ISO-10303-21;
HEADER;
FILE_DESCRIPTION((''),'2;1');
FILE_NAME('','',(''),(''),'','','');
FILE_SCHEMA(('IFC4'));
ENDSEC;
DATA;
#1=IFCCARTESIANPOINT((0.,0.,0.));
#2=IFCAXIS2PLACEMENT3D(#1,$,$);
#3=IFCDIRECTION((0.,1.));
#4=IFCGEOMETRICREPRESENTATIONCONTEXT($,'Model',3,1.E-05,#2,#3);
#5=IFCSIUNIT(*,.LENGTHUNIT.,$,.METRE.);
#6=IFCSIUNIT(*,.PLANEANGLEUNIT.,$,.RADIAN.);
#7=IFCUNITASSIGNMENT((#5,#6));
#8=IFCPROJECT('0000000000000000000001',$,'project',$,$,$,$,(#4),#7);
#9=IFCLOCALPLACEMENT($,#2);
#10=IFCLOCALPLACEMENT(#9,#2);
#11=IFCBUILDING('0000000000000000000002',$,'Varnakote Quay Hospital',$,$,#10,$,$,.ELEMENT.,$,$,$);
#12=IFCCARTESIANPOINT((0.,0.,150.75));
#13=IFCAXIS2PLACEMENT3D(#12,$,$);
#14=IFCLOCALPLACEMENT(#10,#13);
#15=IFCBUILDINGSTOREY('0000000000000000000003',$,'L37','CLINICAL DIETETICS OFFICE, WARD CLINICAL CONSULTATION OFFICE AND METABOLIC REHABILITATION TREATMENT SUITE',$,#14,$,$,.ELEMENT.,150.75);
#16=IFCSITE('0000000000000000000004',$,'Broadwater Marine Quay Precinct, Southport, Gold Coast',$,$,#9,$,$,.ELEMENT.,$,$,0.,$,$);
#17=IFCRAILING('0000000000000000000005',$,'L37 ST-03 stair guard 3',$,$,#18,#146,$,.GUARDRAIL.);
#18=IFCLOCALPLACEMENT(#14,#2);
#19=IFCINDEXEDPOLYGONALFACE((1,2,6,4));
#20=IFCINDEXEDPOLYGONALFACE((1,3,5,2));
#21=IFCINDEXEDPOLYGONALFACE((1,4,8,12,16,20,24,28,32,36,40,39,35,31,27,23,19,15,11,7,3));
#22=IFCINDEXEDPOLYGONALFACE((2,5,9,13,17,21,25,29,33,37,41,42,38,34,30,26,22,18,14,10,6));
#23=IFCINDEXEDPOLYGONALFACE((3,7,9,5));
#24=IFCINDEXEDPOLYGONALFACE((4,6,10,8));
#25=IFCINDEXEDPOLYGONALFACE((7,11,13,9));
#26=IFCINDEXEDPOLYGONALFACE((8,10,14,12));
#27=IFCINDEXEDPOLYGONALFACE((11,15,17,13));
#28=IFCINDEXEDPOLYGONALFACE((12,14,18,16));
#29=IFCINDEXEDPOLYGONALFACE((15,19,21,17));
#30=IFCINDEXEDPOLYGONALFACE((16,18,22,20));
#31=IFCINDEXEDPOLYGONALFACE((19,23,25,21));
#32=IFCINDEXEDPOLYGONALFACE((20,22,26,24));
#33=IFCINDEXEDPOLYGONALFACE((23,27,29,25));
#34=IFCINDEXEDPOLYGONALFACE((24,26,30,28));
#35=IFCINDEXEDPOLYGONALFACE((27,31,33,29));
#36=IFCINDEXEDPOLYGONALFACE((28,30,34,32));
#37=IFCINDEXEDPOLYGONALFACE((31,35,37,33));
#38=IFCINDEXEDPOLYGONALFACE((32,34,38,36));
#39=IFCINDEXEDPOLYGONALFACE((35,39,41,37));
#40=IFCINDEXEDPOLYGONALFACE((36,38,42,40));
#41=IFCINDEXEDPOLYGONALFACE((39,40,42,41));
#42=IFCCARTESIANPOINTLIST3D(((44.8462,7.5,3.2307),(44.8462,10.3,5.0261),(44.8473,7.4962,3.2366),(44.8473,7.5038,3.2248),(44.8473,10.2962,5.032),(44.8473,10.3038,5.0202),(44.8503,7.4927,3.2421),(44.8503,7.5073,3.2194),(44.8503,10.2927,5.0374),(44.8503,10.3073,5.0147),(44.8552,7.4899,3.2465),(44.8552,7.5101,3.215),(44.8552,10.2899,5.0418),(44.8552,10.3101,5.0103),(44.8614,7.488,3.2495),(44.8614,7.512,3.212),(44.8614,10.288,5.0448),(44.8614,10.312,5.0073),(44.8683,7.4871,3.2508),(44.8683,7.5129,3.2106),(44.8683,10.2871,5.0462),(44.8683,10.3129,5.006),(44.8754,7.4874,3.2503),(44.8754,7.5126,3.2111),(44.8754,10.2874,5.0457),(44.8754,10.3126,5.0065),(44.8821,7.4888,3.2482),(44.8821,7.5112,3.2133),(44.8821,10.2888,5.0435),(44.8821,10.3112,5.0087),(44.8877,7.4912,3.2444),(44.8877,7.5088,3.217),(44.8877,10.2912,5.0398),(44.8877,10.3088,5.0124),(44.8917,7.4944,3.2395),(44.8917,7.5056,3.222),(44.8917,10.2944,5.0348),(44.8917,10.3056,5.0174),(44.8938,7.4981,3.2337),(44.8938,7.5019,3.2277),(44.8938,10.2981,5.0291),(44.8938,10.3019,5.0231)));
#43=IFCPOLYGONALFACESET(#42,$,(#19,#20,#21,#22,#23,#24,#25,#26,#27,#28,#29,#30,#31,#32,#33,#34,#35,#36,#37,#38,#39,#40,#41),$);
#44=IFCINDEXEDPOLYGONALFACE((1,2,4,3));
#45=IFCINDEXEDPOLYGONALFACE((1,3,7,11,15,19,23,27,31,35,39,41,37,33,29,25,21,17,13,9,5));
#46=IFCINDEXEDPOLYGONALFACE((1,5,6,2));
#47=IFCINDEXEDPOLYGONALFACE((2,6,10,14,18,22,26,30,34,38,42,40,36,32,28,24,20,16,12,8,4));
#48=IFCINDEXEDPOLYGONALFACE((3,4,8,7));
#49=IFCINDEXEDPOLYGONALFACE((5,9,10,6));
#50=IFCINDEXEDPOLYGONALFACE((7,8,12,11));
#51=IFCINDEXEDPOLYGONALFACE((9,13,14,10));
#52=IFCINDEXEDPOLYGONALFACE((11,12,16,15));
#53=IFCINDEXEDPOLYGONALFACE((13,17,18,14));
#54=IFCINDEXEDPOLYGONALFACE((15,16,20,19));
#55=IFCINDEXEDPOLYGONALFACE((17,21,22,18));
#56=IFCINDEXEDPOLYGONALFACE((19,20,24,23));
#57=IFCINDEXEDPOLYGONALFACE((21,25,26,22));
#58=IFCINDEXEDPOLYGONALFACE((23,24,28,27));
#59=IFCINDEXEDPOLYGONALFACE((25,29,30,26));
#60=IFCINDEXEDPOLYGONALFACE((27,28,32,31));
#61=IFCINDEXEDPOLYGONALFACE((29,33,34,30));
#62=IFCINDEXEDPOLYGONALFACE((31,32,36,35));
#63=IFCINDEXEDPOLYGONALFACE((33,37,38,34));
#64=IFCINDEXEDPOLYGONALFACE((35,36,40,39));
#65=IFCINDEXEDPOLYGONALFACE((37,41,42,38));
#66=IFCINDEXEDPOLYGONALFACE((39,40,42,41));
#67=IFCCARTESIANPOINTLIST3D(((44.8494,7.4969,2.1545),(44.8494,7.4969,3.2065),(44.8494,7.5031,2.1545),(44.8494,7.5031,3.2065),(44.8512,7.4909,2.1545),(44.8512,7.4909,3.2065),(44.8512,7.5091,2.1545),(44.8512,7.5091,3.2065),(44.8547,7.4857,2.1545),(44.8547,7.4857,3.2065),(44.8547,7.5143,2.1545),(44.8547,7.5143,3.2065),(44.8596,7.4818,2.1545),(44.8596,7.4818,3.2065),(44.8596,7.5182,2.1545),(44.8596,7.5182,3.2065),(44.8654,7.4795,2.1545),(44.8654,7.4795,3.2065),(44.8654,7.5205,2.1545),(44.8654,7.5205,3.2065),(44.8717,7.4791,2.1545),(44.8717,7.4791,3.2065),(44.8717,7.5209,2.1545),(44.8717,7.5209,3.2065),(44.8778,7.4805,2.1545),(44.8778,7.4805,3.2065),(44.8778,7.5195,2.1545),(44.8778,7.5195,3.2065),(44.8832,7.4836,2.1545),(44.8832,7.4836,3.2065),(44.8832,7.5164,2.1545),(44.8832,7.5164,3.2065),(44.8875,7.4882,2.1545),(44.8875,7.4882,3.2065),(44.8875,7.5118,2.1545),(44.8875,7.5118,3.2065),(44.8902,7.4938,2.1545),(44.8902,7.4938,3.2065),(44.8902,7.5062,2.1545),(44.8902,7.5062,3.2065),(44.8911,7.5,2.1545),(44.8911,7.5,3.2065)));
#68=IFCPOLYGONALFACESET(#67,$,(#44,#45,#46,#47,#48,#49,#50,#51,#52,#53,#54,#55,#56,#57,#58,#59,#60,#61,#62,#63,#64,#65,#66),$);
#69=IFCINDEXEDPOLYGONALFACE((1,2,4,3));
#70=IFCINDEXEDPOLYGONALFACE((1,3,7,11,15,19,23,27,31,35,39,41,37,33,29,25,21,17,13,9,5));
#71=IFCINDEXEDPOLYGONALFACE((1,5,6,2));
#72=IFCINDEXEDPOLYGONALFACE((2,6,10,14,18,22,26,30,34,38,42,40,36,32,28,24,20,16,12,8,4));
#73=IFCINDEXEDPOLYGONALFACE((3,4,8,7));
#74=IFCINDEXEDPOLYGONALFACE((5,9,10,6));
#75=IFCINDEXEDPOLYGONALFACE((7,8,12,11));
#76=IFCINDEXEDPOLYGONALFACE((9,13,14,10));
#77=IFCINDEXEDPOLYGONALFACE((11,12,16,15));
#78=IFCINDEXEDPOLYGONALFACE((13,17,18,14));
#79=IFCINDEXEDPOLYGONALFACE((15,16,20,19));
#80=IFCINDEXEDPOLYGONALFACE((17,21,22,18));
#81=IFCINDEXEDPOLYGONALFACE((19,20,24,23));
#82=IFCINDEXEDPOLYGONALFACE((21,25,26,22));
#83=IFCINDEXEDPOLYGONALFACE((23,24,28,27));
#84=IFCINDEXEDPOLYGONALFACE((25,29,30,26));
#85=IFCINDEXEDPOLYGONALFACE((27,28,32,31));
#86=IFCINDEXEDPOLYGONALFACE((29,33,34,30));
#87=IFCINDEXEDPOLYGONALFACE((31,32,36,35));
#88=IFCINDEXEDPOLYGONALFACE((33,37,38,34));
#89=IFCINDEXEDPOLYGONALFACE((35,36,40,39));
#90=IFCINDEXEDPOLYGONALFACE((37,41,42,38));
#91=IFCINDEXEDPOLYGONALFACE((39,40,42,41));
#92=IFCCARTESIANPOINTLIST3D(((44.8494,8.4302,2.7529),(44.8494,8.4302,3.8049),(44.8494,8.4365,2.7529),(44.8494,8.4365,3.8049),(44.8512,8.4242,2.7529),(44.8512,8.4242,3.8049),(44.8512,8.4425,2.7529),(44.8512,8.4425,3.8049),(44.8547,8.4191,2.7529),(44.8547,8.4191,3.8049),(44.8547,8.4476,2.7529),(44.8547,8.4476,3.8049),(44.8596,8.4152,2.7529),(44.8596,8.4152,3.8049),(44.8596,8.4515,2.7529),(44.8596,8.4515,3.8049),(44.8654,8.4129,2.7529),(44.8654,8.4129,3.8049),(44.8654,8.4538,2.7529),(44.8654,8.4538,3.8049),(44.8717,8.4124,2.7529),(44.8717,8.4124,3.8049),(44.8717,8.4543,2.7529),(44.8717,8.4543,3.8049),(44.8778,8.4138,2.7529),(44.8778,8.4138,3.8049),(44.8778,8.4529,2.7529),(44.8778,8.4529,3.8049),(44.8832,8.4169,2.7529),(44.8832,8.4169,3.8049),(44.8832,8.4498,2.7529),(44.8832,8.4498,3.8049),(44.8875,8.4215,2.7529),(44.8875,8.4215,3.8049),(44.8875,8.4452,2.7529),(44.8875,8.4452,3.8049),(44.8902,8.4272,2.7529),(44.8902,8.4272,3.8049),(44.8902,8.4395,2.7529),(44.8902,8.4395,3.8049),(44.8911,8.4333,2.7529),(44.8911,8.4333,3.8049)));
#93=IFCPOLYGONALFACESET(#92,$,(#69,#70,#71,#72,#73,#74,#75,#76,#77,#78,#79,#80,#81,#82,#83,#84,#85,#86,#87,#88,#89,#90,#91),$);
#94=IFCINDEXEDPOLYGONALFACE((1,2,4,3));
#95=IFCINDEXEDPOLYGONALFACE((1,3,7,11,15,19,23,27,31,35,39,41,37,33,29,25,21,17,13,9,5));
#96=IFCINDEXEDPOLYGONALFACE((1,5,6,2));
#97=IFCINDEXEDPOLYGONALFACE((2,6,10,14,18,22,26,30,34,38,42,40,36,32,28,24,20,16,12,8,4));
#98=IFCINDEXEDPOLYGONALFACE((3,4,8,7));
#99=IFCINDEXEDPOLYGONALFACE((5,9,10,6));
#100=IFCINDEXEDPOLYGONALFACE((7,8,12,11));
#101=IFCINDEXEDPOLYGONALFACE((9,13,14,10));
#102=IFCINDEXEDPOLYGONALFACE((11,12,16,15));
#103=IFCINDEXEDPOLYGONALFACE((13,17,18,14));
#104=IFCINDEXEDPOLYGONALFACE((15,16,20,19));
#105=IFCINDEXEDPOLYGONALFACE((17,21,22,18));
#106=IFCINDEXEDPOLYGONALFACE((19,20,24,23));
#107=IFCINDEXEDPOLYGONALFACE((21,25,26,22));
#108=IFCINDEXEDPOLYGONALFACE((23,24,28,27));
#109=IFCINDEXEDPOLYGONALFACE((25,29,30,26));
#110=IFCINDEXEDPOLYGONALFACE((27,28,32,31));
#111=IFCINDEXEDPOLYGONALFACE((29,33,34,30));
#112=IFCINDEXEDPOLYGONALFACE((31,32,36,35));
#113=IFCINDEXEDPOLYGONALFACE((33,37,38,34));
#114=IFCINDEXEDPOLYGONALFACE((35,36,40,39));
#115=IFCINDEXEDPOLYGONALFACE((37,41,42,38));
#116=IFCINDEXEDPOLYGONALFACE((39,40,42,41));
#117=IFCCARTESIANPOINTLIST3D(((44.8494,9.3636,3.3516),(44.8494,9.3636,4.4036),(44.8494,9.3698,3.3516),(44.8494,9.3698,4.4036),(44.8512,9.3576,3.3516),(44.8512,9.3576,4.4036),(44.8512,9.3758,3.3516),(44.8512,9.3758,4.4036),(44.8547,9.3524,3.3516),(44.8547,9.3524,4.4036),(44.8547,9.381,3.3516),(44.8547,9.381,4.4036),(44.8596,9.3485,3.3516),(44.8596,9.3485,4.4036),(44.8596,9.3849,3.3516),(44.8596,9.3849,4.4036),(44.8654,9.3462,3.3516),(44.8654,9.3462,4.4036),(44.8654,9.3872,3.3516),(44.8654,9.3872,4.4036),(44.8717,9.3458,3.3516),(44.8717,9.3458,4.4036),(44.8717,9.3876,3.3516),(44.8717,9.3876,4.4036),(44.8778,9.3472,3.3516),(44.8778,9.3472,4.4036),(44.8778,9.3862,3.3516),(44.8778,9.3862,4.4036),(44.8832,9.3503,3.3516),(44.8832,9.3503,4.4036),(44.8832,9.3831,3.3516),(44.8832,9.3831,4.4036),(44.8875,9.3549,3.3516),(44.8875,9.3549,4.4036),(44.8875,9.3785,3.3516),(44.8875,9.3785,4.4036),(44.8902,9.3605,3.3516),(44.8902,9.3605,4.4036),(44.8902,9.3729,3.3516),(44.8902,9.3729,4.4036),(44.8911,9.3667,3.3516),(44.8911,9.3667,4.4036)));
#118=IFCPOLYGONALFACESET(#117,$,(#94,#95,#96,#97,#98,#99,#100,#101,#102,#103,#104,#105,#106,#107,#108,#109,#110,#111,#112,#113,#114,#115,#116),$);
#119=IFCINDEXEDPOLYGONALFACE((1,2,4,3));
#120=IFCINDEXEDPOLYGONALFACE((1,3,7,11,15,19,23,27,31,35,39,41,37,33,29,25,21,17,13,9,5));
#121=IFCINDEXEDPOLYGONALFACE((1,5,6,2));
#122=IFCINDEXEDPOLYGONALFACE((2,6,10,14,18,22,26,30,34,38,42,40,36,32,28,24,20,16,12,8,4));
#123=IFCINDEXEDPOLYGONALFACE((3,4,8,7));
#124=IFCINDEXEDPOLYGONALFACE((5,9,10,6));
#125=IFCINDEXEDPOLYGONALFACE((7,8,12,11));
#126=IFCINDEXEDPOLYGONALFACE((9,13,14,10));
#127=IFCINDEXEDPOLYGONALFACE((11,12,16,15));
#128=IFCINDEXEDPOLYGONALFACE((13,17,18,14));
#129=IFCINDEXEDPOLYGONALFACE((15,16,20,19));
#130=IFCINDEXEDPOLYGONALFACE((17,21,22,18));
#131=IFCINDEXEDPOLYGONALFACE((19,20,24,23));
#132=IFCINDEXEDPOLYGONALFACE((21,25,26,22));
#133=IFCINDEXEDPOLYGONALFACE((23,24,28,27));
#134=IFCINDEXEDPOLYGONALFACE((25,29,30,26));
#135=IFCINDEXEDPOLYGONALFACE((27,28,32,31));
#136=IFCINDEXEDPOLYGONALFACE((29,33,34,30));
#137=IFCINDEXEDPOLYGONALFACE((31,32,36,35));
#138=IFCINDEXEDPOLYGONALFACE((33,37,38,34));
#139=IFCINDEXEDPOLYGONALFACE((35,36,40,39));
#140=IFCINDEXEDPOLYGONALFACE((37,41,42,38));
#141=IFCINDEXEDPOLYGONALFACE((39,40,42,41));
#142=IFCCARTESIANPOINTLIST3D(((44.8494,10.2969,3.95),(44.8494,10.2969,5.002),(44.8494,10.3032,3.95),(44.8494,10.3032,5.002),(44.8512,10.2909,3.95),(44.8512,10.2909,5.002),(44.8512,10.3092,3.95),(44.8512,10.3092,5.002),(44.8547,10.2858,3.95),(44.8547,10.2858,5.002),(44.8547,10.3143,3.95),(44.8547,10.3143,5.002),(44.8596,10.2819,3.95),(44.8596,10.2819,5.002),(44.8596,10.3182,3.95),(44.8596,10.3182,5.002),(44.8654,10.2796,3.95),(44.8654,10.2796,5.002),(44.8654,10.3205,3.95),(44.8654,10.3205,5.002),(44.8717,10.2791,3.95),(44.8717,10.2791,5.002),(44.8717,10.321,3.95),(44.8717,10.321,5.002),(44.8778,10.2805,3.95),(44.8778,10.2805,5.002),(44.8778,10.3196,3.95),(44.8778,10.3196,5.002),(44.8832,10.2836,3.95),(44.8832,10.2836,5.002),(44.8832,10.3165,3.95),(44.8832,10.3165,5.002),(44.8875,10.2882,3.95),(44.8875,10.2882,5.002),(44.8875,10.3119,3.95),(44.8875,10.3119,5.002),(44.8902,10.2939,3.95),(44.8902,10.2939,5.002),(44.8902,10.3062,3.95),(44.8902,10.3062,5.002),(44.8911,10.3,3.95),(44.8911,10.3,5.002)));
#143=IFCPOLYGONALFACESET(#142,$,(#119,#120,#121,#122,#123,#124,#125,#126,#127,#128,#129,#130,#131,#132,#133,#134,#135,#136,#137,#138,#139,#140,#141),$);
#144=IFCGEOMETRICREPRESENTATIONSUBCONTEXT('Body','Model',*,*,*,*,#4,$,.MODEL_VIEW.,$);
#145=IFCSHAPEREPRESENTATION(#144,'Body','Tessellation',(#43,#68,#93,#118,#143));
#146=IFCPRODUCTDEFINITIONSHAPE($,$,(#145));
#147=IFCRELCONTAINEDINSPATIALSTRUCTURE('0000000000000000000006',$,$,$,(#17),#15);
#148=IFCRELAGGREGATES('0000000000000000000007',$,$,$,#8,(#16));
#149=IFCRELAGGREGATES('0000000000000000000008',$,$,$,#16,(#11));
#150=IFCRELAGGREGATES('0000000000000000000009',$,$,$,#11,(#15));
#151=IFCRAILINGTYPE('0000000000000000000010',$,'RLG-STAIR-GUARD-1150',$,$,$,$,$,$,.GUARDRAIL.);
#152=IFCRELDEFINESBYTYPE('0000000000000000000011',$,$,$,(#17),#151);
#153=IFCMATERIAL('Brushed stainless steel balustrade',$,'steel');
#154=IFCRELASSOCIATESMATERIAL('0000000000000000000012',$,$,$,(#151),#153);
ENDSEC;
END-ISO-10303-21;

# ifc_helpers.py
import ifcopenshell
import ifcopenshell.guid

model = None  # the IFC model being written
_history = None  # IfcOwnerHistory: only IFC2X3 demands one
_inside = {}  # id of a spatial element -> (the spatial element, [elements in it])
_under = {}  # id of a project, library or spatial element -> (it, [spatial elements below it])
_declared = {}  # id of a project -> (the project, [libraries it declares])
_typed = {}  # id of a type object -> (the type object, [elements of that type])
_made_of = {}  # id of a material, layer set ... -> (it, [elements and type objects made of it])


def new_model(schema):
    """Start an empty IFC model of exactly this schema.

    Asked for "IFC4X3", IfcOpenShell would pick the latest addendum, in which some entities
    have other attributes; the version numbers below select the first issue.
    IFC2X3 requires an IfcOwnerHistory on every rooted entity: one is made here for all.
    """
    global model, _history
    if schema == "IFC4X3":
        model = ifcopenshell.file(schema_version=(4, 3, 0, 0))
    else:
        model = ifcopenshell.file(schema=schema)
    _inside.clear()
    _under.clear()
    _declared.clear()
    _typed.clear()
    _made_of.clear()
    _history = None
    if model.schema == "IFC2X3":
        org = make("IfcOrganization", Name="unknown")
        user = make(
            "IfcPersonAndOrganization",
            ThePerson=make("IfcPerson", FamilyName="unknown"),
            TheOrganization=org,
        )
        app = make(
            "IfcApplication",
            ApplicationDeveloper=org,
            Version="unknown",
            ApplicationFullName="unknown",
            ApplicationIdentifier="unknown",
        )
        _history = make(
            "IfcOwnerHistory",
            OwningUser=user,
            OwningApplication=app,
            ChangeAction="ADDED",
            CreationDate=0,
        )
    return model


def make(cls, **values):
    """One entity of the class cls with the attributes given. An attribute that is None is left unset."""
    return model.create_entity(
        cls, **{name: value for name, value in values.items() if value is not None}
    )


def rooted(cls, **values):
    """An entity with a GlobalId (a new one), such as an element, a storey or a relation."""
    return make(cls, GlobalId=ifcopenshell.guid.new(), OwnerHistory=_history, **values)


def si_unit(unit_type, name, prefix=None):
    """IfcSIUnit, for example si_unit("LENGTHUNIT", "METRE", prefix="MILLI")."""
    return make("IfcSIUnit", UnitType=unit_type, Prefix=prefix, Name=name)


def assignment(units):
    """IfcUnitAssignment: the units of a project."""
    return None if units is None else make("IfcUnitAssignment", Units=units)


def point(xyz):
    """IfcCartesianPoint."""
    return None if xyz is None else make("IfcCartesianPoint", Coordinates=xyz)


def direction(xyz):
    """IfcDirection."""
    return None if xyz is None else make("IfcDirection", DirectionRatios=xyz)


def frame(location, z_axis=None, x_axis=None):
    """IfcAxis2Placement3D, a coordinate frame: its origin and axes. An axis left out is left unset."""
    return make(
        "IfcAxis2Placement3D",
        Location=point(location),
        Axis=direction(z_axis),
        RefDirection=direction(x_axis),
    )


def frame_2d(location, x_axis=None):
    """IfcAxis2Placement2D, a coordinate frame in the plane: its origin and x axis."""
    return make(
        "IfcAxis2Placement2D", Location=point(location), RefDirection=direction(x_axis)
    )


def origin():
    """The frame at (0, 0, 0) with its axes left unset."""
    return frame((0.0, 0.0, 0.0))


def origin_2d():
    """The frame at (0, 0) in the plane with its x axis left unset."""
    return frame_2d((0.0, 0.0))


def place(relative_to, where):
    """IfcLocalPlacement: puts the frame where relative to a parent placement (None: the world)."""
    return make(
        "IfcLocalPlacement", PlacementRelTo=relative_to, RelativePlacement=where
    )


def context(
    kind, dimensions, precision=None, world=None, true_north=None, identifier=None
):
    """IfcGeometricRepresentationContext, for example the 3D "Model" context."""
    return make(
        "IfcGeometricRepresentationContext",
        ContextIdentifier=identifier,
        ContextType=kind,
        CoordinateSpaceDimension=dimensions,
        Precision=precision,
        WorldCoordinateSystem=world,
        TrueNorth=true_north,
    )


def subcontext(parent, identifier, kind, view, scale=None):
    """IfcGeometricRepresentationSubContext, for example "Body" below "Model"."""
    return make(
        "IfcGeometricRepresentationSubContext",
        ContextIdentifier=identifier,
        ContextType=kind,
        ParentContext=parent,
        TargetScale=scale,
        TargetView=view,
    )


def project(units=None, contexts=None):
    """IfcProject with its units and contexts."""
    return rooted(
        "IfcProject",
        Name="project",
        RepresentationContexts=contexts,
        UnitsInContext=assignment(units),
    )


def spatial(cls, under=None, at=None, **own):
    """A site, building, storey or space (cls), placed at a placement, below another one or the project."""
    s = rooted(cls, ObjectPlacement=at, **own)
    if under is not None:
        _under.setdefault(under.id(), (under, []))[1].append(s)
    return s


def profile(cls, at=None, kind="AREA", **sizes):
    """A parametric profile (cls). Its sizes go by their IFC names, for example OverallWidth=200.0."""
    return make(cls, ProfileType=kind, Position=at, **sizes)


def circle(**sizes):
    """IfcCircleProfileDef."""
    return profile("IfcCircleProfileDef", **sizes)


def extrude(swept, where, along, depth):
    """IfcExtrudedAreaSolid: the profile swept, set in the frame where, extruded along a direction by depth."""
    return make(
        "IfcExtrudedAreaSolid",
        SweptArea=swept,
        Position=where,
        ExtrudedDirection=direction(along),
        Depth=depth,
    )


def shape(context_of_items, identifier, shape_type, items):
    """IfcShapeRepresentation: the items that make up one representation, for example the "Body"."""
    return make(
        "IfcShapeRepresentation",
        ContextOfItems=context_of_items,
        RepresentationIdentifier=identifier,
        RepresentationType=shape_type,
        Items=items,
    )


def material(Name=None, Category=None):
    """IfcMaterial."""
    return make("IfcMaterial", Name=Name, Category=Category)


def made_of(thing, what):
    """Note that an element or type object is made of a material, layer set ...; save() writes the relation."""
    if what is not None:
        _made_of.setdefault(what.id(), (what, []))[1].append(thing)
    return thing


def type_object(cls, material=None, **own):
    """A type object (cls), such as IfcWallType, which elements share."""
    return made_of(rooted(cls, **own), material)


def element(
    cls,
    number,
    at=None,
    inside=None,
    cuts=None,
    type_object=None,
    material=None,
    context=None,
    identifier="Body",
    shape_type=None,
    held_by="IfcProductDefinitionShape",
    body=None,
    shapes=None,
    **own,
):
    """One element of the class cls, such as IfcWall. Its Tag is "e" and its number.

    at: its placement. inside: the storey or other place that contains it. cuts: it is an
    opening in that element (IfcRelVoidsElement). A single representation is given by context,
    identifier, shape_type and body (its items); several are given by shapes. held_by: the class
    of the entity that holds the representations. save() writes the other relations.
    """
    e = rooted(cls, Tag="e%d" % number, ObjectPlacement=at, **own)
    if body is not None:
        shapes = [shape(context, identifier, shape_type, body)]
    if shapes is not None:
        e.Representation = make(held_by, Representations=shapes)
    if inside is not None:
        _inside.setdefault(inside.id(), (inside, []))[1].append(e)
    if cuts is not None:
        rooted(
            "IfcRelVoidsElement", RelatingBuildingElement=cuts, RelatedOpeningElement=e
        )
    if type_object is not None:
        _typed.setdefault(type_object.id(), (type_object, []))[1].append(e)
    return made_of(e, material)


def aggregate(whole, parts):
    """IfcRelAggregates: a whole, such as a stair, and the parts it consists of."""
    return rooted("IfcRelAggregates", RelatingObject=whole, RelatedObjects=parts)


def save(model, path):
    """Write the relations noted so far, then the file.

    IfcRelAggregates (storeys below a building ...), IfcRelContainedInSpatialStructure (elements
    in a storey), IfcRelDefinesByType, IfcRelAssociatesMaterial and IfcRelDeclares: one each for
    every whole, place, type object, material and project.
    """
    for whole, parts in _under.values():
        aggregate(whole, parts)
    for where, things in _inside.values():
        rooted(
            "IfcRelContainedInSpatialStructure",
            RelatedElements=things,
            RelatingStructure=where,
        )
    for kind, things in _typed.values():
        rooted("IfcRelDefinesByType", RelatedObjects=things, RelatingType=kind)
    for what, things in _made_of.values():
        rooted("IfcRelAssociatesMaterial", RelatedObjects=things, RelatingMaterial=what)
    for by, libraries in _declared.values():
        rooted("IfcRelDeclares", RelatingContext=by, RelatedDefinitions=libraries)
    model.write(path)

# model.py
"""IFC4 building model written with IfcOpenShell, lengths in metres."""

from ifc_helpers import new_model, si_unit, direction, frame, origin, origin_2d, place, context, subcontext, project, spatial, circle, extrude, material, type_object, element, save


model = new_model("IFC4")

# Units and contexts
model_context = context("Model", 3, precision=1e-05, world=origin(), true_north=direction((0.0, 1.0)))
body_context = subcontext(model_context, "Body", "Model", "MODEL_VIEW")
ifc_project = project(units=[si_unit("LENGTHUNIT", "METRE"), si_unit("PLANEANGLEUNIT", "RADIAN")], contexts=[model_context])

# Site, building, storey
site_placement = place(None, origin())
site = spatial("IfcSite", under=ifc_project, at=site_placement, Name="Broadwater Marine Quay Precinct, Southport, Gold Coast", CompositionType="ELEMENT", RefElevation=0.0)
building_placement = place(site_placement, origin())
building = spatial("IfcBuilding", under=site, at=building_placement, Name="Varnakote Quay Hospital", CompositionType="ELEMENT")
storey_placement = place(building_placement, frame((0.0, 0.0, 150.75)))
storey = spatial("IfcBuildingStorey", under=building, at=storey_placement, Name="L37", Description="CLINICAL DIETETICS OFFICE, WARD CLINICAL CONSULTATION OFFICE AND METABOLIC REHABILITATION TREATMENT SUITE", CompositionType="ELEMENT", Elevation=150.75)

# Railing
ifc_material_1 = material(Name="Brushed stainless steel balustrade", Category="steel")
railing_type_1 = type_object("IfcRailingType", Name="RLG-STAIR-GUARD-1150", PredefinedType="GUARDRAIL", material=ifc_material_1)
railing_1_placement = place(storey_placement, frame((44.8701, 7.5, 2.1545)))
element("IfcRailing", 1, at=railing_1_placement, inside=storey, type_object=railing_type_1, Name="L37 ST-03 stair guard 3", PredefinedType="GUARDRAIL", context=body_context, shape_type="SweptSolid", body=[
    extrude(circle(Radius=0.0239, at=origin_2d()), frame((0.0, 0.0, 1.0762), z_axis=(0.0, 0.84181, 0.539774), x_axis=(-1.0, 0.0, 0.0)), (0.0, 0.0, 1.0), 3.3262),
    extrude(circle(Radius=0.021, at=origin_2d()), origin(), (0.0, 0.0, 1.0), 1.052),
    extrude(circle(Radius=0.021, at=origin_2d()), frame((0.0, 0.9333, 0.5984)), (0.0, 0.0, 1.0), 1.052),
    extrude(circle(Radius=0.021, at=origin_2d()), frame((0.0, 1.8667, 1.197)), (0.0, 0.0, 1.0), 1.052),
    extrude(circle(Radius=0.021, at=origin_2d()), frame((0.0, 2.8, 1.7954)), (0.0, 0.0, 1.0), 1.052),
])

save(model, "model.ifc")
